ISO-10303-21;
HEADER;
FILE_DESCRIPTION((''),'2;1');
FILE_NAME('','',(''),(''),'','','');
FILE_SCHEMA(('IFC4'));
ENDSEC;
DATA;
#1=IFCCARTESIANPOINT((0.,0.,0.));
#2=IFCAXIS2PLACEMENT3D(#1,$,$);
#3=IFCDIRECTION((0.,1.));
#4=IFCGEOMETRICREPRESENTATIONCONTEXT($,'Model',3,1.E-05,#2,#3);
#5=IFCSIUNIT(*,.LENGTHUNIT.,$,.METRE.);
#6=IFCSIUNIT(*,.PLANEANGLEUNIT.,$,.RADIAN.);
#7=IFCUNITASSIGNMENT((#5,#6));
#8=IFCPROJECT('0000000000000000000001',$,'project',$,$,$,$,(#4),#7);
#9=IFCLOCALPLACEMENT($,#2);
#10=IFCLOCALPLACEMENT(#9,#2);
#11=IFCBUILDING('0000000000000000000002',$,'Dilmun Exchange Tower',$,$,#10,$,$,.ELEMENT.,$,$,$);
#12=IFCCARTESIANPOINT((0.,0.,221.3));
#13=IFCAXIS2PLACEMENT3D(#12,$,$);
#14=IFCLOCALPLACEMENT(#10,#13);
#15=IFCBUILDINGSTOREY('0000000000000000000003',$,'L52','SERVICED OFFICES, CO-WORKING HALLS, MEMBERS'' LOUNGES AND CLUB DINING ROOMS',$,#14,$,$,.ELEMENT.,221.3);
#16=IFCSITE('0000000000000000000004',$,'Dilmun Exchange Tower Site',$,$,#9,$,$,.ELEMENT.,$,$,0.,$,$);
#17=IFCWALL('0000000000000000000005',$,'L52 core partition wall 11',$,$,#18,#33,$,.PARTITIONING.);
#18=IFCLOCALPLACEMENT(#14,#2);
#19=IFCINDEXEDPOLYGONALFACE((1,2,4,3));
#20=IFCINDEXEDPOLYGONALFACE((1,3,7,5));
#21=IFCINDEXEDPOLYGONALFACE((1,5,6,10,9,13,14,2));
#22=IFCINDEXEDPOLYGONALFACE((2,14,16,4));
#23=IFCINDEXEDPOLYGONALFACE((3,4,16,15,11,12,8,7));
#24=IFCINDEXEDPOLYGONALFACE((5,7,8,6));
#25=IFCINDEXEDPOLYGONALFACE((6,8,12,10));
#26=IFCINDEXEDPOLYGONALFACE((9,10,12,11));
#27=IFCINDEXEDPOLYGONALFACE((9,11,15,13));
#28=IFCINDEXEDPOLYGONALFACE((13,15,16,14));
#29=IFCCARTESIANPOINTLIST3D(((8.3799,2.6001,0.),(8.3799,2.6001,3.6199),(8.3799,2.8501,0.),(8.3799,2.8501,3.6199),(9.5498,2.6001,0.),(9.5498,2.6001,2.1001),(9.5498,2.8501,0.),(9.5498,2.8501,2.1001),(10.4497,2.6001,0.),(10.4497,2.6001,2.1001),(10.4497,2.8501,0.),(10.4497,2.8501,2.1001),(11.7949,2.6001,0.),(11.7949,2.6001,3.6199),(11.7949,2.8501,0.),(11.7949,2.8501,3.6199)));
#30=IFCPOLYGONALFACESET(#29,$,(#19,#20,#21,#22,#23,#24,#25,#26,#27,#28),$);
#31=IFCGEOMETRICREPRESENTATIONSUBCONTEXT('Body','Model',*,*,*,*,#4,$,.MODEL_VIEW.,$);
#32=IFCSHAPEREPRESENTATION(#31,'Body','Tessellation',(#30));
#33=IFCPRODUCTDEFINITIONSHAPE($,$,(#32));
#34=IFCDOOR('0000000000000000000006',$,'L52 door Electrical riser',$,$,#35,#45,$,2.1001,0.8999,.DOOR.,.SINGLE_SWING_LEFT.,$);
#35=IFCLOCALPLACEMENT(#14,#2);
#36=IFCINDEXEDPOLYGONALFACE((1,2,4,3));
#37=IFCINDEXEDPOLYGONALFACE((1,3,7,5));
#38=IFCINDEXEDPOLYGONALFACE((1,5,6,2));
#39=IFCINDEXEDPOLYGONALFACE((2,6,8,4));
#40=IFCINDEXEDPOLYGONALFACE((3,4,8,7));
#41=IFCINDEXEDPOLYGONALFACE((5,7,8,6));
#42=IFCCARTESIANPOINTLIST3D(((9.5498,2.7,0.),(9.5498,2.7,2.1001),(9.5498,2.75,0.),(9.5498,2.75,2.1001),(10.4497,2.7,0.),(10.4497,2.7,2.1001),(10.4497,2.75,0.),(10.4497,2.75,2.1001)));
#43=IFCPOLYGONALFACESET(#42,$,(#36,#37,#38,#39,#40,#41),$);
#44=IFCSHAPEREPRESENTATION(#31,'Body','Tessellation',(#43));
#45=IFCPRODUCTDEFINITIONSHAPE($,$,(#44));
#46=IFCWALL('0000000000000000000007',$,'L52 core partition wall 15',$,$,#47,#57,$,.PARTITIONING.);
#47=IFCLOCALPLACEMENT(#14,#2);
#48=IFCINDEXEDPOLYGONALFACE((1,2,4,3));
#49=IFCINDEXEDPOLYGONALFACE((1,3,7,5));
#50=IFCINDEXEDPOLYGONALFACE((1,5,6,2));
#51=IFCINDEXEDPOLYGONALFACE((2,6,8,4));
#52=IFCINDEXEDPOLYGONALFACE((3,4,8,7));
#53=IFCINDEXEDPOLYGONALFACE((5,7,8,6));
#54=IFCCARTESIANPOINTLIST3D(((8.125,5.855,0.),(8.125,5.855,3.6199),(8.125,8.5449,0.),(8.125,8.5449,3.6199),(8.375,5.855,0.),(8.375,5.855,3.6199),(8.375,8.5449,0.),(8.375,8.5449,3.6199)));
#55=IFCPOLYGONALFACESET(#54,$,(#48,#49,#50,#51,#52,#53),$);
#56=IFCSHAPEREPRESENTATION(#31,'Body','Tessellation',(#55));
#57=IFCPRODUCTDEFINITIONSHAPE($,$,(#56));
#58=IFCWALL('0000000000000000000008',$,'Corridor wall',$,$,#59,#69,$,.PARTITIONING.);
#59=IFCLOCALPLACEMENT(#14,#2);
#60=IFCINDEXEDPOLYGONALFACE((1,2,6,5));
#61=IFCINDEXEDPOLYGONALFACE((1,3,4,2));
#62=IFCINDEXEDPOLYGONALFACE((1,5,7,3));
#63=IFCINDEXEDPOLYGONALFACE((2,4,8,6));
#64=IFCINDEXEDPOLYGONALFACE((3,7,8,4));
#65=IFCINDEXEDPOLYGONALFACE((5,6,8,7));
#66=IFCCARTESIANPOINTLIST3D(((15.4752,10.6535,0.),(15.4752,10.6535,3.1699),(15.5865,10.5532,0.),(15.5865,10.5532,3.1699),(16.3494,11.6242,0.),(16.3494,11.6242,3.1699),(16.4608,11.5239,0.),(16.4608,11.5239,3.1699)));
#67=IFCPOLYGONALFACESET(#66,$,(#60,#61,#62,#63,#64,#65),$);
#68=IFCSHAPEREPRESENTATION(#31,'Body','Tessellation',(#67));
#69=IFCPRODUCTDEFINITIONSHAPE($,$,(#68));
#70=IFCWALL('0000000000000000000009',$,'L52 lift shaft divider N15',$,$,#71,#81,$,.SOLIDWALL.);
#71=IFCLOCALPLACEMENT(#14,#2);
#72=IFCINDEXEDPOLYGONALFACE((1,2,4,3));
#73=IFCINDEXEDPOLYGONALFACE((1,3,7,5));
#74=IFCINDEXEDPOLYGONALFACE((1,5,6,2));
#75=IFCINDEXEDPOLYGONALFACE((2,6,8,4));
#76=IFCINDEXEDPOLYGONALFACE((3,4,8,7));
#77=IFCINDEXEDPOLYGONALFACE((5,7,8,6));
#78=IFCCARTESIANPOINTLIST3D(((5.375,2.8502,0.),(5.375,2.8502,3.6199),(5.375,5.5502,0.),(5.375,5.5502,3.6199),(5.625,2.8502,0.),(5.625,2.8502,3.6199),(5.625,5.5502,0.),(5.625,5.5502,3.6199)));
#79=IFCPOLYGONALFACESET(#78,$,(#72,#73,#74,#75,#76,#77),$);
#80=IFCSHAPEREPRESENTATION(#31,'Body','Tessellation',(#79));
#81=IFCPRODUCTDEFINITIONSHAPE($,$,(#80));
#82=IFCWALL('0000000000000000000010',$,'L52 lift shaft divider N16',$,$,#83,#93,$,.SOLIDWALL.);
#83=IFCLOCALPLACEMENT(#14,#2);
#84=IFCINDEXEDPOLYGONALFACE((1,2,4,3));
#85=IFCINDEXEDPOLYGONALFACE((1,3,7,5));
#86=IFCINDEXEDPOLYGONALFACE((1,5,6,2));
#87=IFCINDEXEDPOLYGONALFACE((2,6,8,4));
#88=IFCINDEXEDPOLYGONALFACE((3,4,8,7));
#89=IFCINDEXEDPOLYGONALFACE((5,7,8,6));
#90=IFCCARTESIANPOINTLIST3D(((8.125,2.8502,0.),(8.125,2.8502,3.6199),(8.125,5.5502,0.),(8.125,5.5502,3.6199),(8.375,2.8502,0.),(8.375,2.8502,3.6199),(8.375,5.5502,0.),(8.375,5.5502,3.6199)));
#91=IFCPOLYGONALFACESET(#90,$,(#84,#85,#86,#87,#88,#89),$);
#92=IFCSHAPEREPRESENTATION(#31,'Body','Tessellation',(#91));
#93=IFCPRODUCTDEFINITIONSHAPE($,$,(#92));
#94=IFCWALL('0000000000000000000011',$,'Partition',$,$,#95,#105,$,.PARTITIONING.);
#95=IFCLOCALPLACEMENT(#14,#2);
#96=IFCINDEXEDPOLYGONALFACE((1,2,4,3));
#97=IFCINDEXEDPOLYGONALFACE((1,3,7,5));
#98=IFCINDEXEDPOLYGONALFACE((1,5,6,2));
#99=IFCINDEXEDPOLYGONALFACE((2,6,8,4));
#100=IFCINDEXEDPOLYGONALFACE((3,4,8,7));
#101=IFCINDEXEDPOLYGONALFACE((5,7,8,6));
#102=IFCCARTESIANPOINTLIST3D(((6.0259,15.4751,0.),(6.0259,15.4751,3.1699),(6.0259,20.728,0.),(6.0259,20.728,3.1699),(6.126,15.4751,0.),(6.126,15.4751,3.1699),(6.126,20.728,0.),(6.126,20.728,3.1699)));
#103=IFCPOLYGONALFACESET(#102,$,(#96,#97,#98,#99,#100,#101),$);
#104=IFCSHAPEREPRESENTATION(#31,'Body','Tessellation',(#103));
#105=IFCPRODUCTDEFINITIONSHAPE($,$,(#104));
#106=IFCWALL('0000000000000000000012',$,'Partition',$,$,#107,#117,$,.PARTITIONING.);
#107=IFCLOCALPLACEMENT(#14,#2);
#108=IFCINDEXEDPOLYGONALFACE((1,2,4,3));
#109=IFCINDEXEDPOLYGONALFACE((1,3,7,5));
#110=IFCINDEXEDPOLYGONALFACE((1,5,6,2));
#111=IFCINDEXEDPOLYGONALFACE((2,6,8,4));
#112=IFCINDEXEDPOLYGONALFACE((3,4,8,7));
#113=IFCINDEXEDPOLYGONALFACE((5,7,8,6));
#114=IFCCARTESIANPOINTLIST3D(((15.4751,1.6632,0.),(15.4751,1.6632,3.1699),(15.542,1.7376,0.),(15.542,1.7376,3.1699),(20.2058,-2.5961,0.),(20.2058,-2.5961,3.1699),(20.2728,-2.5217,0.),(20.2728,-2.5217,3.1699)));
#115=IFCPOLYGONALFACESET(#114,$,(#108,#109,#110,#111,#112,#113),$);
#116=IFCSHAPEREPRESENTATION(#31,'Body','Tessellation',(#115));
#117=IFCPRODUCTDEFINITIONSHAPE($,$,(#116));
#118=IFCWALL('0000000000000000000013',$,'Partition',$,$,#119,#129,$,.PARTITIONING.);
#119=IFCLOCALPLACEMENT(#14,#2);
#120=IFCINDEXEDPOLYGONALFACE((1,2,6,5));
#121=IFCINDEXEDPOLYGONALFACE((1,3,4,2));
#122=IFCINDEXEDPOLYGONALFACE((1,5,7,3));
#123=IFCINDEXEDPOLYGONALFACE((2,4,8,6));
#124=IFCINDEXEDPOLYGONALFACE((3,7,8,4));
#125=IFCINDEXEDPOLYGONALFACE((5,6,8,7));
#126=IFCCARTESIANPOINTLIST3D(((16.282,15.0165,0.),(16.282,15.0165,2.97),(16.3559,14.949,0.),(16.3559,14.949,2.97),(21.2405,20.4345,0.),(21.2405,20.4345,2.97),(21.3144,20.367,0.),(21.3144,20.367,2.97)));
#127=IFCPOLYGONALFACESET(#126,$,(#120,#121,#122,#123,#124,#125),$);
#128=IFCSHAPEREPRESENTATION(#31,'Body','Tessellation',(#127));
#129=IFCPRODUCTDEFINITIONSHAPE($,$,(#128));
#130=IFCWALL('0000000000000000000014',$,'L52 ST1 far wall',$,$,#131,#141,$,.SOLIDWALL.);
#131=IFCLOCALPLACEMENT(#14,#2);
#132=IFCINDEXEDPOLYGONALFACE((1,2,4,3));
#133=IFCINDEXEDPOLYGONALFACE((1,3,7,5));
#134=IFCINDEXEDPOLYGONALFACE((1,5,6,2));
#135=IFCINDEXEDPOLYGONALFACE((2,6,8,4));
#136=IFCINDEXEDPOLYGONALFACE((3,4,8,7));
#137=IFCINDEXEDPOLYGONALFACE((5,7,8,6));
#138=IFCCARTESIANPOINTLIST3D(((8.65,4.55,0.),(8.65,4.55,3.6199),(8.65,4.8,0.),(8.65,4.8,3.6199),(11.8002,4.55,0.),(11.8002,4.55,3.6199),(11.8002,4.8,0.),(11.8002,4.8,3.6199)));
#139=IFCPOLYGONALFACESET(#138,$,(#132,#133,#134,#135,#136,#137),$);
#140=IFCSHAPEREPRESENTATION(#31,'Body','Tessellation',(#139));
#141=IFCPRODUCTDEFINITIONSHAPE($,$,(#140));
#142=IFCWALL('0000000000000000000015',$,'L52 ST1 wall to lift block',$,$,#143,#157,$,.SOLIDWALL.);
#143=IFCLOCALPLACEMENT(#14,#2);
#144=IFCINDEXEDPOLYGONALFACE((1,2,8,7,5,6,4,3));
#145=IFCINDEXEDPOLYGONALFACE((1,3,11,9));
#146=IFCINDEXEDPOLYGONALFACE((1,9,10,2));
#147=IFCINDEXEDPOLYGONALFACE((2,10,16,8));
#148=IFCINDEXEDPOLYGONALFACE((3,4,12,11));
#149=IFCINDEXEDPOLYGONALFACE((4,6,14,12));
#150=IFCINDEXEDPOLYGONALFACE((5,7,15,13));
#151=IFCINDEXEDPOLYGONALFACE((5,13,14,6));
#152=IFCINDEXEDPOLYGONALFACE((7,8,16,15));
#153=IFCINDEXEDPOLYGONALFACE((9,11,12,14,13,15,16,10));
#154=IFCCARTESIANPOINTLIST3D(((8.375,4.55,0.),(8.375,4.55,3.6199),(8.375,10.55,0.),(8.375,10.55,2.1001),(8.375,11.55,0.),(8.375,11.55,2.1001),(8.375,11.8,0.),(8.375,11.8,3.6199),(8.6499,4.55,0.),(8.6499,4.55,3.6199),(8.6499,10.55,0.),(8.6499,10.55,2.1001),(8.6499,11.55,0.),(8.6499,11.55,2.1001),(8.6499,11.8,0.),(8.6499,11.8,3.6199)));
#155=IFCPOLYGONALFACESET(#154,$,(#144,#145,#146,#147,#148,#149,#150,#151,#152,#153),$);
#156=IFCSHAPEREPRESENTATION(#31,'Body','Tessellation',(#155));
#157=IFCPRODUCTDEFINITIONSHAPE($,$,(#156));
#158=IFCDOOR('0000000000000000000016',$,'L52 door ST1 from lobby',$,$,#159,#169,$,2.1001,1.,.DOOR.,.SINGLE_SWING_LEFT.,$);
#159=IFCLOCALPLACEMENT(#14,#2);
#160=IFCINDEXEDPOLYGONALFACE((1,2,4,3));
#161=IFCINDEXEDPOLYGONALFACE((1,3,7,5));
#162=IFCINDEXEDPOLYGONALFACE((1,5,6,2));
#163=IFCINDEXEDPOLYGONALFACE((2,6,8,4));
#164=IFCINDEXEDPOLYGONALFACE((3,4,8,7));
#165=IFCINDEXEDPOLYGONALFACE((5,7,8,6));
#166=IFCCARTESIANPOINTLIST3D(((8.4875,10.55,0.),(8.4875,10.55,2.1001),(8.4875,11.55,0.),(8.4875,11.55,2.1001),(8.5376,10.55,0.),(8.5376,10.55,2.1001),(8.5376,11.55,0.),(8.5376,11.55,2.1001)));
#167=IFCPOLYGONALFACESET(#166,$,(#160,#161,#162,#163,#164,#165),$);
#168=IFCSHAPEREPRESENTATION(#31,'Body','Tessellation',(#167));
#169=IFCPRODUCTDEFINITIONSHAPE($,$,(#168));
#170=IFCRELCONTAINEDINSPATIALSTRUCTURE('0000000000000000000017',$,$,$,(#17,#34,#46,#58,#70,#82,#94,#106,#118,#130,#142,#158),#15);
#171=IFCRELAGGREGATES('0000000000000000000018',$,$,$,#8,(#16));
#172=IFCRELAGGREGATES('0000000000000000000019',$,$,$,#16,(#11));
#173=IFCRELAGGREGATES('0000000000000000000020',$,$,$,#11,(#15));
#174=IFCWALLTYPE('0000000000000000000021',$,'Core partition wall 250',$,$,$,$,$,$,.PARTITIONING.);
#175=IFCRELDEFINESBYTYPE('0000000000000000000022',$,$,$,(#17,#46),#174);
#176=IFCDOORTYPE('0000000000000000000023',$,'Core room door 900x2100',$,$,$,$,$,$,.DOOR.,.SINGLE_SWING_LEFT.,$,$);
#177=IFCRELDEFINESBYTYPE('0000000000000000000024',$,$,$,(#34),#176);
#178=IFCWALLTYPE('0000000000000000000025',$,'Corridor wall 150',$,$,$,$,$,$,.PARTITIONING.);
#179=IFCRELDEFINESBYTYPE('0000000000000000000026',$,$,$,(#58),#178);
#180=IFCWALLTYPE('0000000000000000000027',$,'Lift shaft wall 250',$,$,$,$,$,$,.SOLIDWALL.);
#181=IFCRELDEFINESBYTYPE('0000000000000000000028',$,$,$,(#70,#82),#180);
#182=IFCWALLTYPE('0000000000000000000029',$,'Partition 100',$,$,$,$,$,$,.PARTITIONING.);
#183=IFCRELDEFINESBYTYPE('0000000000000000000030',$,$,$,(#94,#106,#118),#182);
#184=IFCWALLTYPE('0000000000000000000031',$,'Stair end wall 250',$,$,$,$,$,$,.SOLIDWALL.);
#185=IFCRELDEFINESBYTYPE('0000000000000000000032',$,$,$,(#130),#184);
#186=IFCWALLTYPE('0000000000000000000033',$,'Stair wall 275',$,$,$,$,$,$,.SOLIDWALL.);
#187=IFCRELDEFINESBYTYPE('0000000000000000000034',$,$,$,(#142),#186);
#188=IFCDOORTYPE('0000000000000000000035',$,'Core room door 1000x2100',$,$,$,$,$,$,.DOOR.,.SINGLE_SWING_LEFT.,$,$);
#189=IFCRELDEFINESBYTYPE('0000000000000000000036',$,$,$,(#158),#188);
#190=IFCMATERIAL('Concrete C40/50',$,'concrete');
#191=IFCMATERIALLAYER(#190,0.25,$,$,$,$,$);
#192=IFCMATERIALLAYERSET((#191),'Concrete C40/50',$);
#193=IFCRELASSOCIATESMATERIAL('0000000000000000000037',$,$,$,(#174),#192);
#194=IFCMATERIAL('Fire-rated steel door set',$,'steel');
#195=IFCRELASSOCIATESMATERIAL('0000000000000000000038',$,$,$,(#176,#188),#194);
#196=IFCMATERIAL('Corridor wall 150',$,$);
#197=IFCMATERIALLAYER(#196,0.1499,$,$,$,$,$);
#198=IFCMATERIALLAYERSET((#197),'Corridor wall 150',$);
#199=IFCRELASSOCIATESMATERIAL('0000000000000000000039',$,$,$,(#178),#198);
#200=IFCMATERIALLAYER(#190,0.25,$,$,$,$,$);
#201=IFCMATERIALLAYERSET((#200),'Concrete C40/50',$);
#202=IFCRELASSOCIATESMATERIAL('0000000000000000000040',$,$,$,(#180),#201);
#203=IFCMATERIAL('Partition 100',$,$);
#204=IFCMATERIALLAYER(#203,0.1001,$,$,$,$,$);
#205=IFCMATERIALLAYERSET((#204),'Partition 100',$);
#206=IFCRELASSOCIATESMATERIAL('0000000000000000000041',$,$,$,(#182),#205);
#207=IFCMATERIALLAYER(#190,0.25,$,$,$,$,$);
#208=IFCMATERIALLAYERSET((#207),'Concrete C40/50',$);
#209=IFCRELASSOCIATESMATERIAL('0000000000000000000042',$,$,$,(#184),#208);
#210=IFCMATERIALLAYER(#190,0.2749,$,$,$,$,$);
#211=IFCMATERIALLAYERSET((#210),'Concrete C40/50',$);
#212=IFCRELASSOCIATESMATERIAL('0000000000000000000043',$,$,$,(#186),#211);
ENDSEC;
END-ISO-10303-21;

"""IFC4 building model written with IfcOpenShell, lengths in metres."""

from ifc_helpers import new_model, si_unit, direction, frame, frame_2d, origin, place, context, subcontext, project, spatial, rectangle, extrude, material, layer, layer_set, type_object, element, fill, save


model = new_model("IFC4")

# Units and contexts
model_context = context("Model", 3, precision=1e-05, world=origin(), true_north=direction((0.0, 1.0)))
body_context = subcontext(model_context, "Body", "Model", "MODEL_VIEW")
ifc_project = project(units=[si_unit("LENGTHUNIT", "METRE"), si_unit("PLANEANGLEUNIT", "RADIAN")], contexts=[model_context])

# Site, building, storey
site_placement = place(None, origin())
site = spatial("IfcSite", under=ifc_project, at=site_placement, Name="Dilmun Exchange Tower Site", CompositionType="ELEMENT", RefElevation=0.0)
building_placement = place(site_placement, origin())
building = spatial("IfcBuilding", under=site, at=building_placement, Name="Dilmun Exchange Tower", CompositionType="ELEMENT")
storey_placement = place(building_placement, frame((0.0, 0.0, 221.3)))
storey = spatial("IfcBuildingStorey", under=building, at=storey_placement, Name="L52", Description="SERVICED OFFICES, CO-WORKING HALLS, MEMBERS' LOUNGES AND CLUB DINING ROOMS", CompositionType="ELEMENT", Elevation=221.3)

# Wall, opening, door
ifc_material_1 = material(Name="Concrete C40/50", Category="concrete")
ifc_layer_1 = layer(ifc_material_1, 0.25)
ifc_layer_set_1 = layer_set([ifc_layer_1], Name="Concrete C40/50")
wall_type_1 = type_object("IfcWallType", Name="Core partition wall 250", PredefinedType="PARTITIONING", material=ifc_layer_set_1)
wall_1_placement = place(storey_placement, frame((8.3799, 2.7251, 0.0), z_axis=(0.0, 0.0, 1.0), x_axis=(1.0, 0.0, 0.0)))
wall_1 = element("IfcWall", 1, at=wall_1_placement, inside=storey, type_object=wall_type_1, Name="L52 core partition wall 11", PredefinedType="PARTITIONING", context=body_context, shape_type="SweptSolid", body=[
    extrude(rectangle(XDim=3.415, YDim=0.25, at=frame_2d((1.7075, 0.0))), origin(), (0.0, 0.0, 1.0), 3.6199),
])
opening_1_placement = place(wall_1_placement, frame((1.1699, 0.0, 0.0)))
opening_1 = element("IfcOpeningElement", 2, at=opening_1_placement, cuts=wall_1, PredefinedType="OPENING", context=body_context, shape_type="SweptSolid", body=[
    extrude(rectangle(XDim=0.8999, YDim=2.1001, at=frame_2d((0.45, 1.05))), frame((0.0, 0.135, 0.0), z_axis=(0.0, -1.0, 0.0), x_axis=(1.0, 0.0, 0.0)), (0.0, 0.0, 1.0), 0.27),
])
ifc_material_2 = material(Name="Fire-rated steel door set", Category="steel")
door_type_1 = type_object("IfcDoorType", Name="Core room door 900x2100", OperationType="SINGLE_SWING_LEFT", PredefinedType="DOOR", material=ifc_material_2)
door_1_placement = place(opening_1_placement, origin())
door_1 = element("IfcDoor", 3, at=door_1_placement, inside=storey, type_object=door_type_1, Name="L52 door Electrical riser", OperationType="SINGLE_SWING_LEFT", OverallHeight=2.1001, OverallWidth=0.8999, PredefinedType="DOOR", context=body_context, shape_type="SweptSolid", body=[
    extrude(rectangle(XDim=0.8999, YDim=2.1001, at=frame_2d((0.45, 1.05))), frame((0.0, 0.0249, 0.0), z_axis=(0.0, -1.0, 0.0), x_axis=(1.0, 0.0, 0.0)), (0.0, 0.0, 1.0), 0.05),
])
fill(opening_1, door_1)

# Walls
wall_2_placement = place(storey_placement, frame((8.25, 5.855, 0.0), z_axis=(0.0, 0.0, 1.0), x_axis=(0.0, 1.0, 0.0)))
element("IfcWall", 4, at=wall_2_placement, inside=storey, type_object=wall_type_1, Name="L52 core partition wall 15", PredefinedType="PARTITIONING", context=body_context, shape_type="SweptSolid", body=[
    extrude(rectangle(XDim=2.6899, YDim=0.25, at=frame_2d((1.345, 0.0))), origin(), (0.0, 0.0, 1.0), 3.6199),
])
ifc_material_3 = material(Name="Corridor wall 150")
ifc_layer_2 = layer(ifc_material_3, 0.1499)
ifc_layer_set_2 = layer_set([ifc_layer_2], Name="Corridor wall 150")
wall_type_2 = type_object("IfcWallType", Name="Corridor wall 150", PredefinedType="PARTITIONING", material=ifc_layer_set_2)
wall_3_placement = place(storey_placement, frame((15.5308, 10.6033, 0.0), z_axis=(0.0, 0.0, 1.0), x_axis=(0.669233, 0.743052, 0.0)))
element("IfcWall", 5, at=wall_3_placement, inside=storey, type_object=wall_type_2, Name="Corridor wall", PredefinedType="PARTITIONING", context=body_context, shape_type="SweptSolid", body=[
    extrude(rectangle(XDim=1.3064, YDim=0.1499, at=frame_2d((0.6533, 0.0))), origin(), (0.0, 0.0, 1.0), 3.1699),
])
ifc_layer_3 = layer(ifc_material_1, 0.25)
ifc_layer_set_3 = layer_set([ifc_layer_3], Name="Concrete C40/50")
wall_type_3 = type_object("IfcWallType", Name="Lift shaft wall 250", PredefinedType="SOLIDWALL", material=ifc_layer_set_3)
for number, where, z_axis, x_axis, name in (
    (6, (5.5, 2.8501, 0.0), (0.0, 0.0, 1.0), (0.0, 1.0, 0.0), "L52 lift shaft divider N15"),
    (7, (8.25, 2.8501, 0.0), (0.0, 0.0, 1.0), (0.0, 1.0, 0.0), "L52 lift shaft divider N16"),
):
    element("IfcWall", number, at=place(storey_placement, frame(where, z_axis=z_axis, x_axis=x_axis)), inside=storey, type_object=wall_type_3, Name=name, PredefinedType="SOLIDWALL", context=body_context, shape_type="SweptSolid", body=[
        extrude(rectangle(XDim=2.7, YDim=0.25, at=frame_2d((1.3501, 0.0))), origin(), (0.0, 0.0, 1.0), 3.6199),
    ])
ifc_material_4 = material(Name="Partition 100")
ifc_layer_4 = layer(ifc_material_4, 0.1001)
ifc_layer_set_4 = layer_set([ifc_layer_4], Name="Partition 100")
wall_type_4 = type_object("IfcWallType", Name="Partition 100", PredefinedType="PARTITIONING", material=ifc_layer_set_4)
wall_4_placement = place(storey_placement, frame((6.0759, 15.4751, 0.0), z_axis=(0.0, 0.0, 1.0), x_axis=(0.0, 1.0, 0.0)))
element("IfcWall", 8, at=wall_4_placement, inside=storey, type_object=wall_type_4, Name="Partition", PredefinedType="PARTITIONING", context=body_context, shape_type="SweptSolid", body=[
    extrude(rectangle(XDim=5.2529, YDim=0.1001, at=frame_2d((2.6265, 0.0))), origin(), (0.0, 0.0, 1.0), 3.1699),
])
wall_5_placement = place(storey_placement, frame((15.5085, 1.7004, 0.0), z_axis=(0.0, 0.0, 1.0), x_axis=(0.743166, -0.669107, 0.0)))
element("IfcWall", 9, at=wall_5_placement, inside=storey, type_object=wall_type_4, Name="Partition", PredefinedType="PARTITIONING", context=body_context, shape_type="SweptSolid", body=[
    extrude(rectangle(XDim=6.3657, YDim=0.1001, at=frame_2d((3.1829, 0.0))), origin(), (0.0, 0.0, 1.0), 3.1699),
])
wall_6_placement = place(storey_placement, frame((16.3188, 14.9827, 0.0), z_axis=(0.0, 0.0, 1.0), x_axis=(0.675134, 0.737695, 0.0)))
element("IfcWall", 10, at=wall_6_placement, inside=storey, type_object=wall_type_4, Name="Partition", PredefinedType="PARTITIONING", context=body_context, shape_type="SweptSolid", body=[
    extrude(rectangle(XDim=7.3445, YDim=0.1001, at=frame_2d((3.6724, 0.0))), origin(), (0.0, 0.0, 1.0), 2.97),
])
ifc_layer_5 = layer(ifc_material_1, 0.25)
ifc_layer_set_5 = layer_set([ifc_layer_5], Name="Concrete C40/50")
wall_type_5 = type_object("IfcWallType", Name="Stair end wall 250", PredefinedType="SOLIDWALL", material=ifc_layer_set_5)
wall_7_placement = place(storey_placement, frame((8.6499, 4.675, 0.0), z_axis=(0.0, 0.0, 1.0), x_axis=(1.0, 0.0, 0.0)))
element("IfcWall", 11, at=wall_7_placement, inside=storey, type_object=wall_type_5, Name="L52 ST1 far wall", PredefinedType="SOLIDWALL", context=body_context, shape_type="SweptSolid", body=[
    extrude(rectangle(XDim=3.1501, YDim=0.25, at=frame_2d((1.5752, 0.0))), origin(), (0.0, 0.0, 1.0), 3.6199),
])

# Wall, opening, door
ifc_layer_6 = layer(ifc_material_1, 0.2749)
ifc_layer_set_6 = layer_set([ifc_layer_6], Name="Concrete C40/50")
wall_type_6 = type_object("IfcWallType", Name="Stair wall 275", PredefinedType="SOLIDWALL", material=ifc_layer_set_6)
wall_8_placement = place(storey_placement, frame((8.5125, 4.55, 0.0), z_axis=(0.0, 0.0, 1.0), x_axis=(0.0, 1.0, 0.0)))
wall_8 = element("IfcWall", 12, at=wall_8_placement, inside=storey, type_object=wall_type_6, Name="L52 ST1 wall to lift block", PredefinedType="SOLIDWALL", context=body_context, shape_type="SweptSolid", body=[
    extrude(rectangle(XDim=7.25, YDim=0.2749, at=frame_2d((3.625, 0.0))), origin(), (0.0, 0.0, 1.0), 3.6199),
])
opening_2_placement = place(wall_8_placement, frame((6.0, 0.0, 0.0)))
opening_2 = element("IfcOpeningElement", 13, at=opening_2_placement, cuts=wall_8, PredefinedType="OPENING", context=body_context, shape_type="SweptSolid", body=[
    extrude(rectangle(XDim=1.0, YDim=2.1001, at=frame_2d((0.5, 1.05))), frame((0.0, 0.1475, 0.0), z_axis=(0.0, -1.0, 0.0), x_axis=(1.0, 0.0, 0.0)), (0.0, 0.0, 1.0), 0.2949),
])
door_type_2 = type_object("IfcDoorType", Name="Core room door 1000x2100", OperationType="SINGLE_SWING_LEFT", PredefinedType="DOOR", material=ifc_material_2)
door_2_placement = place(opening_2_placement, origin())
door_2 = element("IfcDoor", 14, at=door_2_placement, inside=storey, type_object=door_type_2, Name="L52 door ST1 from lobby", OperationType="SINGLE_SWING_LEFT", OverallHeight=2.1001, OverallWidth=1.0, PredefinedType="DOOR", context=body_context, shape_type="SweptSolid", body=[
    extrude(rectangle(XDim=1.0, YDim=2.1001, at=frame_2d((0.5, 1.05))), frame((0.0, 0.0249, 0.0), z_axis=(0.0, -1.0, 0.0), x_axis=(1.0, 0.0, 0.0)), (0.0, 0.0, 1.0), 0.05),
])
fill(opening_2, door_2)

save(model, "model.ifc")
